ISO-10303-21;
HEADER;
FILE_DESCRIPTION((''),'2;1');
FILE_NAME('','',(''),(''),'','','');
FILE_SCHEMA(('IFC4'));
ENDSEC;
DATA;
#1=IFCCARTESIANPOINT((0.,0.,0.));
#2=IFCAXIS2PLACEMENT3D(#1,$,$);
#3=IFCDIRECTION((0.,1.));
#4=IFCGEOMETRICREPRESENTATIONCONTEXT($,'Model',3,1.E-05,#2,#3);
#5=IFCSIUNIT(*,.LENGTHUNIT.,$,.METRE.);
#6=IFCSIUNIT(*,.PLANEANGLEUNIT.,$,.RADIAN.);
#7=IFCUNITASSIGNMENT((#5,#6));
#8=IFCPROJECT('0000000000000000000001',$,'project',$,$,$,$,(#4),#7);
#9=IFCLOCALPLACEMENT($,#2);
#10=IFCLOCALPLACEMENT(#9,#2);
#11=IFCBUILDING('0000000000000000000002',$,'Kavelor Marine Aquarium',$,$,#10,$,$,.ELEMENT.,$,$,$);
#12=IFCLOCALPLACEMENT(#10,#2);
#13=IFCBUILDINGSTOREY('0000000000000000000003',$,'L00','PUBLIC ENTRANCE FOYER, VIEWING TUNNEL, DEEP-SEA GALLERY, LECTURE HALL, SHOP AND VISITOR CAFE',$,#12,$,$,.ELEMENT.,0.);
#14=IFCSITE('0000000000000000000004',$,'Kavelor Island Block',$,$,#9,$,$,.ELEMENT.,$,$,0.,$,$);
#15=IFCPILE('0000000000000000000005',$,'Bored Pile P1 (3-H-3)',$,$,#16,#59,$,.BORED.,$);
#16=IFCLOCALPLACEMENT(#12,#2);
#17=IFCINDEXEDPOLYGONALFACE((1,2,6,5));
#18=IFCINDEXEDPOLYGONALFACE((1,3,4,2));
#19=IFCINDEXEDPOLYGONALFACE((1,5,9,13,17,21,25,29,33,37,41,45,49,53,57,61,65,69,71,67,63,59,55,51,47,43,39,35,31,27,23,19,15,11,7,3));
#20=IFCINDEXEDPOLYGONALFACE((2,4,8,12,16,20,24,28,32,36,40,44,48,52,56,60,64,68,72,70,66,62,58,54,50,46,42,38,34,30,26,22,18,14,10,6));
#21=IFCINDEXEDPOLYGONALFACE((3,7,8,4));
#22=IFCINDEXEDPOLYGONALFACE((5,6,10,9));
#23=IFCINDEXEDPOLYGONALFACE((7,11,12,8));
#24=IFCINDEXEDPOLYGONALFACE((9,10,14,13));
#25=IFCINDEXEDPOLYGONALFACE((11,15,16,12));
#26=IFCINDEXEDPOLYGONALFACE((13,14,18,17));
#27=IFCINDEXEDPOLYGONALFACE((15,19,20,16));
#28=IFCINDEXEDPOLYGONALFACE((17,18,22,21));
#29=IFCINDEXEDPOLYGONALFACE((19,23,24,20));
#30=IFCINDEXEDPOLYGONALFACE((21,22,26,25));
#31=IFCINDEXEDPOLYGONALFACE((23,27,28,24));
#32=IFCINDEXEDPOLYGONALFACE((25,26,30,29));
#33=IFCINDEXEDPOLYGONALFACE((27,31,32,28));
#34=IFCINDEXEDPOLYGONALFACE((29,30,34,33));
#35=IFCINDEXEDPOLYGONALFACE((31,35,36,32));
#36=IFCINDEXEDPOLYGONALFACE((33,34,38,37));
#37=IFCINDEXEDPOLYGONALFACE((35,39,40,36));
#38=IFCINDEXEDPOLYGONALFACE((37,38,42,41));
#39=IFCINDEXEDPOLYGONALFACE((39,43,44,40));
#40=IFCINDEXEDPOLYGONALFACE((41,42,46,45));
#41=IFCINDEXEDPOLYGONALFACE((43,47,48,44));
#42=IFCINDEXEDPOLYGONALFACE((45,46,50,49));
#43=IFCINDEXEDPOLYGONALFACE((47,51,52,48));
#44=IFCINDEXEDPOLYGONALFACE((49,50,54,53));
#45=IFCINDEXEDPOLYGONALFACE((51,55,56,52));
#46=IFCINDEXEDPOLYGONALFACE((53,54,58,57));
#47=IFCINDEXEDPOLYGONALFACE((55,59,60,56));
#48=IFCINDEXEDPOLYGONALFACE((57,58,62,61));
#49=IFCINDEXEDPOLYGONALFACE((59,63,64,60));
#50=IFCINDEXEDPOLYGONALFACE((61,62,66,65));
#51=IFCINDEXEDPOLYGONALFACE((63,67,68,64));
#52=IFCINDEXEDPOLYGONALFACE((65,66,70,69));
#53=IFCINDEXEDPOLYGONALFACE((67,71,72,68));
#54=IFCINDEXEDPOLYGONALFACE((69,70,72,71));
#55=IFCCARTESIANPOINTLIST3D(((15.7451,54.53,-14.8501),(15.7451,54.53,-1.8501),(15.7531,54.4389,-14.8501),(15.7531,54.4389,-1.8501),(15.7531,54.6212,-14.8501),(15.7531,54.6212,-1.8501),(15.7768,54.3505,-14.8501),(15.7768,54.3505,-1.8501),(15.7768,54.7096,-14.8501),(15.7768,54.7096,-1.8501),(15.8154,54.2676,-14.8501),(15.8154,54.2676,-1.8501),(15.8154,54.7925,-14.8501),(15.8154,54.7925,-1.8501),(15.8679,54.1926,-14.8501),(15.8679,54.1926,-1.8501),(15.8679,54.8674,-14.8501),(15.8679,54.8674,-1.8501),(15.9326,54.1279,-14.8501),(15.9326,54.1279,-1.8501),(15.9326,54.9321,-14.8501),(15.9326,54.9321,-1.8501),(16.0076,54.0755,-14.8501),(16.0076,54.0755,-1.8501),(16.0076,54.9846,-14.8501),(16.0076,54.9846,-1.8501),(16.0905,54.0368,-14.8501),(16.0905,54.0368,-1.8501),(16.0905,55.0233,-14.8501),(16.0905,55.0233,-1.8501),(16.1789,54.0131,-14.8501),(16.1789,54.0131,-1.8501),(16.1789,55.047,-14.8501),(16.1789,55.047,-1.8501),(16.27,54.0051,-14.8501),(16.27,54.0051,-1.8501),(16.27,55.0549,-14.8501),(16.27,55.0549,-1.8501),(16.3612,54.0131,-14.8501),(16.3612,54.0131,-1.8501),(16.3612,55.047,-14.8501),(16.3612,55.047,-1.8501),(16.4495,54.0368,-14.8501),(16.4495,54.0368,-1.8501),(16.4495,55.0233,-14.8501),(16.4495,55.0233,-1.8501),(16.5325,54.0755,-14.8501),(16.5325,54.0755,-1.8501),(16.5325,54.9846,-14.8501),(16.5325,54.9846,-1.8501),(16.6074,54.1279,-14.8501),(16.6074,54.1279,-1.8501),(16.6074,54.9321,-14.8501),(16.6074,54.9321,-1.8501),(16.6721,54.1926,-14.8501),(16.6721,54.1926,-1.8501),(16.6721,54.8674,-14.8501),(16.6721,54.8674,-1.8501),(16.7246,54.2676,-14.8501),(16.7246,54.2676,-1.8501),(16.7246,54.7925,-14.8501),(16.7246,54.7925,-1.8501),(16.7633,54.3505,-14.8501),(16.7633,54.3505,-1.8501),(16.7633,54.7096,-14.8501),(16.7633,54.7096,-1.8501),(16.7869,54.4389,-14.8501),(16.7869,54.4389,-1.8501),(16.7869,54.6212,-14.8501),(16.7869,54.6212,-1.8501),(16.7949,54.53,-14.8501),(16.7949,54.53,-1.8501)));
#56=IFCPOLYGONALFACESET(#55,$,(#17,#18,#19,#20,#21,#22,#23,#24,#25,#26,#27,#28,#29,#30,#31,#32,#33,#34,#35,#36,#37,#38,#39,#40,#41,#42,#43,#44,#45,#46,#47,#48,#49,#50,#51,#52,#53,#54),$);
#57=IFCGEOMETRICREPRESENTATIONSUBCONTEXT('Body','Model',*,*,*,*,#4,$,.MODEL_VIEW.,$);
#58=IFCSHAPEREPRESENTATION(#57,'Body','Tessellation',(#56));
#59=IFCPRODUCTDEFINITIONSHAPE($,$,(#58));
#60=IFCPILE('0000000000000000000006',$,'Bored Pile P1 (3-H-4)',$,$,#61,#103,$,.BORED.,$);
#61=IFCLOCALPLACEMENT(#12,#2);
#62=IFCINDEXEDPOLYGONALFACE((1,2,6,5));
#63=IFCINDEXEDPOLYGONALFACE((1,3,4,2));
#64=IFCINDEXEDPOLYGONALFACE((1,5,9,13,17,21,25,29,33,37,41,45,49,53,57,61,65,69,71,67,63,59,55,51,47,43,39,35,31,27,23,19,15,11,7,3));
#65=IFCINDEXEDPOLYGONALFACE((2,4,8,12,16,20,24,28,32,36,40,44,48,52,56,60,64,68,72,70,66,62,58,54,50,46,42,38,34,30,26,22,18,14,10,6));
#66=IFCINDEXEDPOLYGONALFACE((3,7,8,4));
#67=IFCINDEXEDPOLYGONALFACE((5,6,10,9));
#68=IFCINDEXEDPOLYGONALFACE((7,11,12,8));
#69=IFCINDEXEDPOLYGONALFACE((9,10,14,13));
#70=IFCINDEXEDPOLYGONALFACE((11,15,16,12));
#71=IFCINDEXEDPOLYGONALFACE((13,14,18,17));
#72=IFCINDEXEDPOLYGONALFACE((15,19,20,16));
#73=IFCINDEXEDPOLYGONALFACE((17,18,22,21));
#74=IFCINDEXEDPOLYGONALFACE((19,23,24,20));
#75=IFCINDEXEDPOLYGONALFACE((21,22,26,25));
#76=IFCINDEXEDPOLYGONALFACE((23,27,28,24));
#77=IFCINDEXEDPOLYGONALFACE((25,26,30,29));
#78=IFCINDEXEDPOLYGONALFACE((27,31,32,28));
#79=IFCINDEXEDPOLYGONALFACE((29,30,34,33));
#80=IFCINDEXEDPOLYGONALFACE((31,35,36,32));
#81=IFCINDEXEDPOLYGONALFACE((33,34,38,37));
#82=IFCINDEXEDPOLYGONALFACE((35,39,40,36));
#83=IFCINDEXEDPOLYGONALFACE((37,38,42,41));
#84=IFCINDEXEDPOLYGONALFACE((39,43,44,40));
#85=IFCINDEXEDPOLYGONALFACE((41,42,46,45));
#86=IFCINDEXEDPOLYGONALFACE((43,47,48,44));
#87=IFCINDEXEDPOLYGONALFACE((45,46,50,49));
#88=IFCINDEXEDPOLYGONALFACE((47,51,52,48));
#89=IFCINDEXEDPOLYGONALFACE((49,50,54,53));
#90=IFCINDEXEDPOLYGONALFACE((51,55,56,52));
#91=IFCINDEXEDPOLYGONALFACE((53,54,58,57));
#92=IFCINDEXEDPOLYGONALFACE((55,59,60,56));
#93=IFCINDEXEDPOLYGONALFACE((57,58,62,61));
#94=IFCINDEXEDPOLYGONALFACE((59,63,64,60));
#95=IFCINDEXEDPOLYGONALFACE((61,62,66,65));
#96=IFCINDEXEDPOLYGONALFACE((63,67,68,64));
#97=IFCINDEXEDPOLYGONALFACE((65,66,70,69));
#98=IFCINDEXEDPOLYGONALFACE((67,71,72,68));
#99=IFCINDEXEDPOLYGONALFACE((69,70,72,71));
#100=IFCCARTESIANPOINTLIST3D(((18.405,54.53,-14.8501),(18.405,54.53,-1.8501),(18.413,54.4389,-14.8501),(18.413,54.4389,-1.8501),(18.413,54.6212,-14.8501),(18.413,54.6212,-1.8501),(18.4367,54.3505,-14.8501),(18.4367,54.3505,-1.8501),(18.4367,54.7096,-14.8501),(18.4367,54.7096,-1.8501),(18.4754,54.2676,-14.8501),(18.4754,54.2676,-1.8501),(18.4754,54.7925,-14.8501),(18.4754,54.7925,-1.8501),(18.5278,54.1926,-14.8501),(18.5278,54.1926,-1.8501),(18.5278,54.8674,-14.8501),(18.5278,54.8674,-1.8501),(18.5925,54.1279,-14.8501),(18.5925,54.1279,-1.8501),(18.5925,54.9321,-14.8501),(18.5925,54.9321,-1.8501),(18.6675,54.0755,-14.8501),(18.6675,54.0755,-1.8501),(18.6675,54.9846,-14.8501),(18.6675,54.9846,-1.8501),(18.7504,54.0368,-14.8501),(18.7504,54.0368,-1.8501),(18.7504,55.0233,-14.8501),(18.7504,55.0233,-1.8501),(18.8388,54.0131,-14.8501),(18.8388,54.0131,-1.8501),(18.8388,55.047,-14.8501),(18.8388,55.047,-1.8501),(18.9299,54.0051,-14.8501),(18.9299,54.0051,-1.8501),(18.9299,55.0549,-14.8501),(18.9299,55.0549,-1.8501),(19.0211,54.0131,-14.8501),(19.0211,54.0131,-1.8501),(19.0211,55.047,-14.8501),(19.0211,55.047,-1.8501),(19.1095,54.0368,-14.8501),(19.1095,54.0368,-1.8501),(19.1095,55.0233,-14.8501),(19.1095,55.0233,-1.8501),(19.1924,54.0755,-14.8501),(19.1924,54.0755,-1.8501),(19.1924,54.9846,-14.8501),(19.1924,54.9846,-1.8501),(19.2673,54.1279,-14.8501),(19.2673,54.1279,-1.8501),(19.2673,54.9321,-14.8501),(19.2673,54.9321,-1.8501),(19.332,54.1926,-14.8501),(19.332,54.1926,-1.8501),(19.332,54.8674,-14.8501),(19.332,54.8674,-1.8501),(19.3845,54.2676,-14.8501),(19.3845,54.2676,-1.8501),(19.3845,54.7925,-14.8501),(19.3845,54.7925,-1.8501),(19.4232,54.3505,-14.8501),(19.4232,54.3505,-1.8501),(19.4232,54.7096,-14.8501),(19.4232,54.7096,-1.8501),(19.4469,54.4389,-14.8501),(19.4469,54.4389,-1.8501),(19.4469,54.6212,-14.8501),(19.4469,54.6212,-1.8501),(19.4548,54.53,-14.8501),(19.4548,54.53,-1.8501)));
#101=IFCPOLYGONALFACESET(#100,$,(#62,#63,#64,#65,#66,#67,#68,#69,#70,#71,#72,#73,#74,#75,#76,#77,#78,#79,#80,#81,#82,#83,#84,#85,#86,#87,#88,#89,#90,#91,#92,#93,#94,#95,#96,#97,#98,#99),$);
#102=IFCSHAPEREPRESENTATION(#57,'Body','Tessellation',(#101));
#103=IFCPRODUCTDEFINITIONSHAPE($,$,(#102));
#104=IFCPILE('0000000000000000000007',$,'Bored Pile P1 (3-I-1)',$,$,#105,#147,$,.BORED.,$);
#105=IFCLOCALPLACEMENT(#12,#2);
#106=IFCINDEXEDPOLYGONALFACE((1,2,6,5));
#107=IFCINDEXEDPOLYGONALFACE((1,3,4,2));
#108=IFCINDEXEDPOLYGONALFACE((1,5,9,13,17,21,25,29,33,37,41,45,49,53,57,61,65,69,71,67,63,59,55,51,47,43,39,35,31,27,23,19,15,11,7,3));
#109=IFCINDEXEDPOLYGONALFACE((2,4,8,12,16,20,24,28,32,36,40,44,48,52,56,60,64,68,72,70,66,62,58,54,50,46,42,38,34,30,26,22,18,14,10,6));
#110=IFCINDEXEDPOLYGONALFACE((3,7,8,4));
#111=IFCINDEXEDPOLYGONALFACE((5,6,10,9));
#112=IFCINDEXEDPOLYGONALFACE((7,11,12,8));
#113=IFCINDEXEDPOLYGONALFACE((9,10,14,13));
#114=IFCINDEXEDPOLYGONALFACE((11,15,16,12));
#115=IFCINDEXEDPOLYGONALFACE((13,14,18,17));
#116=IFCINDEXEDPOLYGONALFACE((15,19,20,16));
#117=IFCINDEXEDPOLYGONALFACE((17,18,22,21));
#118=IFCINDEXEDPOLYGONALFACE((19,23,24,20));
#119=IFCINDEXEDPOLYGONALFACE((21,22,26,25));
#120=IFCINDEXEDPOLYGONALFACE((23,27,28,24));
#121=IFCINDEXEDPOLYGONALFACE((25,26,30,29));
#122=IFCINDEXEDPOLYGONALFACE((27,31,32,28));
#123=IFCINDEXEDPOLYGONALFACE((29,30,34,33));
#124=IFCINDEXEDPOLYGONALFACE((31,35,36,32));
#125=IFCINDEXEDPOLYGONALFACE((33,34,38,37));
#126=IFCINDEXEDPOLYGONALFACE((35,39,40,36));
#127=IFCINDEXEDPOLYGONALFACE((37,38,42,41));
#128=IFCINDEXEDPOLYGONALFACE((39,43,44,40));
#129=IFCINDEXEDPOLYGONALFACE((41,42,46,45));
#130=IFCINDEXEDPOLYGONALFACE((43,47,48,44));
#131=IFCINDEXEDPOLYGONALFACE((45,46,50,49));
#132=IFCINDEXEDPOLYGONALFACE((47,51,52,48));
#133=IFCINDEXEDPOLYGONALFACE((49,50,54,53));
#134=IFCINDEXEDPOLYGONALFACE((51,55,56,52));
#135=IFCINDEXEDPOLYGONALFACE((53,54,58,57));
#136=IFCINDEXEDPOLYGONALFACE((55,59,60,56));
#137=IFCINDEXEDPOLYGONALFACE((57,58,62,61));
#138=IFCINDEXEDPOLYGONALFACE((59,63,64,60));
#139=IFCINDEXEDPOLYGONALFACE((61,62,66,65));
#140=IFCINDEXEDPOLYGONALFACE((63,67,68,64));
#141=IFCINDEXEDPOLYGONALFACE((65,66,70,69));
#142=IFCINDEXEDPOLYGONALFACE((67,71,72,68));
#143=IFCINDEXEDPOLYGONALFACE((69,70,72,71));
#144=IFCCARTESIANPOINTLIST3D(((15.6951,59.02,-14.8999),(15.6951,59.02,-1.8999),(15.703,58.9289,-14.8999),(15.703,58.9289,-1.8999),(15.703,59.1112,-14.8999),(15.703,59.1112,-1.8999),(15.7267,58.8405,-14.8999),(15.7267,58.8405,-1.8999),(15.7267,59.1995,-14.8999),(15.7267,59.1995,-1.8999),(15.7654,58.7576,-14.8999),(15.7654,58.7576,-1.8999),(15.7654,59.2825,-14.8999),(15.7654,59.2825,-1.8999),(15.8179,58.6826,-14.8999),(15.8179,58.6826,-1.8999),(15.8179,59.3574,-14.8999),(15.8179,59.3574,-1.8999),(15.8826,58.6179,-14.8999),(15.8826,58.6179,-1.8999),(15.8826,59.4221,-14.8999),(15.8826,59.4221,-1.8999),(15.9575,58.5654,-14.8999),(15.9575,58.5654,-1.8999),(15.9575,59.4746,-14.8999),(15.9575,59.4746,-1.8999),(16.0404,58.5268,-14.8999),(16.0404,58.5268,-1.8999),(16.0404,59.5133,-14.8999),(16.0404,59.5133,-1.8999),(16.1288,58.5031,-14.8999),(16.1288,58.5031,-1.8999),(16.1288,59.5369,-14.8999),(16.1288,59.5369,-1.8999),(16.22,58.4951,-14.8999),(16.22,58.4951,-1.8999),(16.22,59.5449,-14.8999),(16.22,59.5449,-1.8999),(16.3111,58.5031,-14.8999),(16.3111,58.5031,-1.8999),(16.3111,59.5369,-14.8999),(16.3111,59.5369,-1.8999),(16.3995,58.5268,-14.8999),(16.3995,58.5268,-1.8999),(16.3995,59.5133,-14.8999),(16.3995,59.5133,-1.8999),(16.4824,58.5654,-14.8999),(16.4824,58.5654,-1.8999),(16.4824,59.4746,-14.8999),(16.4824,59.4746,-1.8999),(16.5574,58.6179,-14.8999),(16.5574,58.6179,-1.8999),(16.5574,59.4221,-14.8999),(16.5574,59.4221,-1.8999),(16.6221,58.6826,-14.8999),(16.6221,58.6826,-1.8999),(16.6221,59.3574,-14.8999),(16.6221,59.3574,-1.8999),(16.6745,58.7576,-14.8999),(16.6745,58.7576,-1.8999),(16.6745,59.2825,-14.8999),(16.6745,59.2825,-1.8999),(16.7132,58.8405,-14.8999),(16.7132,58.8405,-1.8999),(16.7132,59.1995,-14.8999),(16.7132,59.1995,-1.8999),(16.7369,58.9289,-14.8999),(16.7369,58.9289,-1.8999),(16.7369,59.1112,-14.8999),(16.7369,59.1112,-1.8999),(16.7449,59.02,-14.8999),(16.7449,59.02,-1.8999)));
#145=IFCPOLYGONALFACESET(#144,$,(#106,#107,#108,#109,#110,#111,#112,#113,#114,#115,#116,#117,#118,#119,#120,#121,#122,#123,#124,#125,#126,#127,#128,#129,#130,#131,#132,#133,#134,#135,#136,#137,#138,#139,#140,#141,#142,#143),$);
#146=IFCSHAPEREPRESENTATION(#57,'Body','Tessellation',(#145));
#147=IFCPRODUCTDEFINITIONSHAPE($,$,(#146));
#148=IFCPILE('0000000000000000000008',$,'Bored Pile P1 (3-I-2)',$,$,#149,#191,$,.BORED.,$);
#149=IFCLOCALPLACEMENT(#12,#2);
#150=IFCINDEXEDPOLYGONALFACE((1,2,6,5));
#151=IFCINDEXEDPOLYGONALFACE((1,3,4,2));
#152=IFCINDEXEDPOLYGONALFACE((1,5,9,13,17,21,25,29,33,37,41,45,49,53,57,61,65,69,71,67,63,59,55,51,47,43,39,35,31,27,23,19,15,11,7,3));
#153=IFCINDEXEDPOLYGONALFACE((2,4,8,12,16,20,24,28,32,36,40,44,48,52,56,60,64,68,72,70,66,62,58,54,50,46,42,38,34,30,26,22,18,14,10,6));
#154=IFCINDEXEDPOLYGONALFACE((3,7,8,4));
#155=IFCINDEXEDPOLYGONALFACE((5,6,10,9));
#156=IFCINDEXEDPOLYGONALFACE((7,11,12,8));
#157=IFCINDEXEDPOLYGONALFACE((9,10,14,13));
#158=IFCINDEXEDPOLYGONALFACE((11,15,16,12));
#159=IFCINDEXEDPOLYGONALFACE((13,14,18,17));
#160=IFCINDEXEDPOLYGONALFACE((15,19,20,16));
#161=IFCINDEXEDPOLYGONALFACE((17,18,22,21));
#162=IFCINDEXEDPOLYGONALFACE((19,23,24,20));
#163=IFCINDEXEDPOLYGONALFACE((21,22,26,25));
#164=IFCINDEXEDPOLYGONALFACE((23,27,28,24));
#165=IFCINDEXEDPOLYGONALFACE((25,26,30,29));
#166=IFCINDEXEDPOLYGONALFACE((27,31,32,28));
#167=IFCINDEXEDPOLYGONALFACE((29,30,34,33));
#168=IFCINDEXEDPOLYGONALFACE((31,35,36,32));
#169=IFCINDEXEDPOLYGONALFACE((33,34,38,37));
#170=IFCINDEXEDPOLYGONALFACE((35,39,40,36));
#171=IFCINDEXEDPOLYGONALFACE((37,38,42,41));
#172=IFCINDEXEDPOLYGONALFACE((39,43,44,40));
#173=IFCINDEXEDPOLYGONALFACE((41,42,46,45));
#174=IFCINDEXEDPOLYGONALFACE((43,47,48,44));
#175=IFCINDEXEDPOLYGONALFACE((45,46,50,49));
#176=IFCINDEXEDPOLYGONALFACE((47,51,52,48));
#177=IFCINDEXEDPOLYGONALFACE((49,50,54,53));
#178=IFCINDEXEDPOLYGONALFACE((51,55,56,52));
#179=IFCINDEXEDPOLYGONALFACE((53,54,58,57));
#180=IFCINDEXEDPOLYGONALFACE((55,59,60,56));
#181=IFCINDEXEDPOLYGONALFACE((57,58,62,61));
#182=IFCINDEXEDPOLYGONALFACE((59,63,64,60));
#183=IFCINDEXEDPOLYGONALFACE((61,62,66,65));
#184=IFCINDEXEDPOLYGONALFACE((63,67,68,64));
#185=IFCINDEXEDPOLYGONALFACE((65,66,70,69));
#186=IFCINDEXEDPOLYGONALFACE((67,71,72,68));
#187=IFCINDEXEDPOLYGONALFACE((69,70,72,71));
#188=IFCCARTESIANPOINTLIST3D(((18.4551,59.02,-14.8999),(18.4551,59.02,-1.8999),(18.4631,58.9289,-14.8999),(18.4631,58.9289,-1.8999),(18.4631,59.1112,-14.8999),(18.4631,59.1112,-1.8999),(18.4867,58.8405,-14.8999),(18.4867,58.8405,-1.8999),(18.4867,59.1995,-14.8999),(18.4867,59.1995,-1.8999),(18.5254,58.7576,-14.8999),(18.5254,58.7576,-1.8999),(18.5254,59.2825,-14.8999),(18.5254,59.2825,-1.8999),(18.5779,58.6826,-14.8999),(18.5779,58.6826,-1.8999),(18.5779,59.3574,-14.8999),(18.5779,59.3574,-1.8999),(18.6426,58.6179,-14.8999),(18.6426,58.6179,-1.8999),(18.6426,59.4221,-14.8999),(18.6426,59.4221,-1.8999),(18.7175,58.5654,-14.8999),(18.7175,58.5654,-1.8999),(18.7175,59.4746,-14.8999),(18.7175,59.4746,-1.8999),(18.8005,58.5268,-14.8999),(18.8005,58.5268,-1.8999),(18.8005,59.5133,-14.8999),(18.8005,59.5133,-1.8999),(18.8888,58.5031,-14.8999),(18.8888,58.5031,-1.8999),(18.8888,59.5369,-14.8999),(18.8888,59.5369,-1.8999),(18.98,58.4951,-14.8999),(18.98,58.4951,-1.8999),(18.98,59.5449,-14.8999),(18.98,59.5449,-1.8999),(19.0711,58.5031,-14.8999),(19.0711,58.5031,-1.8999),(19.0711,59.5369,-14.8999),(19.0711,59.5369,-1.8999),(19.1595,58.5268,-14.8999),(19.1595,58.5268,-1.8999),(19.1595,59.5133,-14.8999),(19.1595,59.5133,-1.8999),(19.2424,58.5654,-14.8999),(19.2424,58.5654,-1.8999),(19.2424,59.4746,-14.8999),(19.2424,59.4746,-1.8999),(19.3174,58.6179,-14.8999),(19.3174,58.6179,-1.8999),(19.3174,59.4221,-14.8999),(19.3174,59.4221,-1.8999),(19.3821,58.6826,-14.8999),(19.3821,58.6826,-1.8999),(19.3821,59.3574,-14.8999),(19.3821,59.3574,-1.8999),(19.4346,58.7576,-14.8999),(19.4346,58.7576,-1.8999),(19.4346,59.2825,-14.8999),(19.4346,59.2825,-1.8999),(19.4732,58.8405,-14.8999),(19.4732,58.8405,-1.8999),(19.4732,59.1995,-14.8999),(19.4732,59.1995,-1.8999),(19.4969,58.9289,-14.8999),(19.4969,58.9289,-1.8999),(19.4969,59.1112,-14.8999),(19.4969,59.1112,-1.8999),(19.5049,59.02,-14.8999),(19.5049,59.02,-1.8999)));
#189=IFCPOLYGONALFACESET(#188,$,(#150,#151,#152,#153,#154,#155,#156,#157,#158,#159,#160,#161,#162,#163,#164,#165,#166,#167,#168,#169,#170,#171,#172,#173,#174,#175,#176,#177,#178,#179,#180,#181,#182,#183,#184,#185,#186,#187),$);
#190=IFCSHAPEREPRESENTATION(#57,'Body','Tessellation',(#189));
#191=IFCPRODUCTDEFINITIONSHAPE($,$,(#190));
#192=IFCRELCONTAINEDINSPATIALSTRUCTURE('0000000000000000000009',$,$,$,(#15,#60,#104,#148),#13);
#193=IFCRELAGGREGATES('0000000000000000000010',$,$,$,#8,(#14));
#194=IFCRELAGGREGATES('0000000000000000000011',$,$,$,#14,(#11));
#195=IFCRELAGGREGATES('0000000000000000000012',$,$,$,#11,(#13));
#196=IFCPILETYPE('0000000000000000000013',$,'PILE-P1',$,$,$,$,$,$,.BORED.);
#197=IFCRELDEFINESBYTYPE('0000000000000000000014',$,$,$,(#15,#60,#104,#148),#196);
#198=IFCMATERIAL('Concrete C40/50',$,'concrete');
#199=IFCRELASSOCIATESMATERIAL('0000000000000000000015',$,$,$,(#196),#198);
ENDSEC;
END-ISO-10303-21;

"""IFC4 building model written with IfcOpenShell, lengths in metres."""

from ifc_helpers import new_model, si_unit, direction, frame, origin, origin_2d, place, context, subcontext, project, spatial, circle, extrude, material, material_profile, profile_set, type_object, element, save


model = new_model("IFC4")

# Units and contexts
model_context = context("Model", 3, precision=1e-05, world=origin(), true_north=direction((0.0, 1.0)))
body_context = subcontext(model_context, "Body", "Model", "MODEL_VIEW")
ifc_project = project(units=[si_unit("LENGTHUNIT", "METRE"), si_unit("PLANEANGLEUNIT", "RADIAN")], contexts=[model_context])

# Site, building, storey
site_placement = place(None, origin())
site = spatial("IfcSite", under=ifc_project, at=site_placement, Name="Kavelor Island Block", CompositionType="ELEMENT", RefElevation=0.0)
building_placement = place(site_placement, origin())
building = spatial("IfcBuilding", under=site, at=building_placement, Name="Kavelor Marine Aquarium", CompositionType="ELEMENT")
storey_placement = place(building_placement, origin())
storey = spatial("IfcBuildingStorey", under=building, at=storey_placement, Name="L00", Description="PUBLIC ENTRANCE FOYER, VIEWING TUNNEL, DEEP-SEA GALLERY, LECTURE HALL, SHOP AND VISITOR CAFE", CompositionType="ELEMENT", Elevation=0.0)

# Piles
ifc_material_1 = material(Name="Concrete C40/50", Category="concrete")
ifc_material_profile_1 = material_profile(ifc_material_1, circle(Radius=0.5249, at=origin_2d()), Name="PILE D1050")
ifc_profile_set_1 = profile_set([ifc_material_profile_1], Name="Concrete C40/50")
pile_type = type_object("IfcPileType", Name="PILE-P1", PredefinedType="BORED", material=ifc_profile_set_1)
for number, where, z_axis, x_axis, name in (
    (1, (16.27, 54.53, -1.8501), (0.0, 0.0, -1.0), (1.0, 0.0, 0.0), "Bored Pile P1 (3-H-3)"),
    (2, (18.9299, 54.53, -1.8501), (0.0, 0.0, -1.0), (1.0, 0.0, 0.0), "Bored Pile P1 (3-H-4)"),
    (3, (16.22, 59.02, -1.8999), (0.0, 0.0, -1.0), (1.0, 0.0, 0.0), "Bored Pile P1 (3-I-1)"),
    (4, (18.98, 59.02, -1.8999), (0.0, 0.0, -1.0), (1.0, 0.0, 0.0), "Bored Pile P1 (3-I-2)"),
):
    element("IfcPile", number, at=place(storey_placement, frame(where, z_axis=z_axis, x_axis=x_axis)), inside=storey, type_object=pile_type, Name=name, PredefinedType="BORED", context=body_context, shape_type="SweptSolid", body=[
        extrude(circle(Radius=0.5249, at=origin_2d()), origin(), (0.0, 0.0, 1.0), 13.0),
    ])

save(model, "model.ifc")
